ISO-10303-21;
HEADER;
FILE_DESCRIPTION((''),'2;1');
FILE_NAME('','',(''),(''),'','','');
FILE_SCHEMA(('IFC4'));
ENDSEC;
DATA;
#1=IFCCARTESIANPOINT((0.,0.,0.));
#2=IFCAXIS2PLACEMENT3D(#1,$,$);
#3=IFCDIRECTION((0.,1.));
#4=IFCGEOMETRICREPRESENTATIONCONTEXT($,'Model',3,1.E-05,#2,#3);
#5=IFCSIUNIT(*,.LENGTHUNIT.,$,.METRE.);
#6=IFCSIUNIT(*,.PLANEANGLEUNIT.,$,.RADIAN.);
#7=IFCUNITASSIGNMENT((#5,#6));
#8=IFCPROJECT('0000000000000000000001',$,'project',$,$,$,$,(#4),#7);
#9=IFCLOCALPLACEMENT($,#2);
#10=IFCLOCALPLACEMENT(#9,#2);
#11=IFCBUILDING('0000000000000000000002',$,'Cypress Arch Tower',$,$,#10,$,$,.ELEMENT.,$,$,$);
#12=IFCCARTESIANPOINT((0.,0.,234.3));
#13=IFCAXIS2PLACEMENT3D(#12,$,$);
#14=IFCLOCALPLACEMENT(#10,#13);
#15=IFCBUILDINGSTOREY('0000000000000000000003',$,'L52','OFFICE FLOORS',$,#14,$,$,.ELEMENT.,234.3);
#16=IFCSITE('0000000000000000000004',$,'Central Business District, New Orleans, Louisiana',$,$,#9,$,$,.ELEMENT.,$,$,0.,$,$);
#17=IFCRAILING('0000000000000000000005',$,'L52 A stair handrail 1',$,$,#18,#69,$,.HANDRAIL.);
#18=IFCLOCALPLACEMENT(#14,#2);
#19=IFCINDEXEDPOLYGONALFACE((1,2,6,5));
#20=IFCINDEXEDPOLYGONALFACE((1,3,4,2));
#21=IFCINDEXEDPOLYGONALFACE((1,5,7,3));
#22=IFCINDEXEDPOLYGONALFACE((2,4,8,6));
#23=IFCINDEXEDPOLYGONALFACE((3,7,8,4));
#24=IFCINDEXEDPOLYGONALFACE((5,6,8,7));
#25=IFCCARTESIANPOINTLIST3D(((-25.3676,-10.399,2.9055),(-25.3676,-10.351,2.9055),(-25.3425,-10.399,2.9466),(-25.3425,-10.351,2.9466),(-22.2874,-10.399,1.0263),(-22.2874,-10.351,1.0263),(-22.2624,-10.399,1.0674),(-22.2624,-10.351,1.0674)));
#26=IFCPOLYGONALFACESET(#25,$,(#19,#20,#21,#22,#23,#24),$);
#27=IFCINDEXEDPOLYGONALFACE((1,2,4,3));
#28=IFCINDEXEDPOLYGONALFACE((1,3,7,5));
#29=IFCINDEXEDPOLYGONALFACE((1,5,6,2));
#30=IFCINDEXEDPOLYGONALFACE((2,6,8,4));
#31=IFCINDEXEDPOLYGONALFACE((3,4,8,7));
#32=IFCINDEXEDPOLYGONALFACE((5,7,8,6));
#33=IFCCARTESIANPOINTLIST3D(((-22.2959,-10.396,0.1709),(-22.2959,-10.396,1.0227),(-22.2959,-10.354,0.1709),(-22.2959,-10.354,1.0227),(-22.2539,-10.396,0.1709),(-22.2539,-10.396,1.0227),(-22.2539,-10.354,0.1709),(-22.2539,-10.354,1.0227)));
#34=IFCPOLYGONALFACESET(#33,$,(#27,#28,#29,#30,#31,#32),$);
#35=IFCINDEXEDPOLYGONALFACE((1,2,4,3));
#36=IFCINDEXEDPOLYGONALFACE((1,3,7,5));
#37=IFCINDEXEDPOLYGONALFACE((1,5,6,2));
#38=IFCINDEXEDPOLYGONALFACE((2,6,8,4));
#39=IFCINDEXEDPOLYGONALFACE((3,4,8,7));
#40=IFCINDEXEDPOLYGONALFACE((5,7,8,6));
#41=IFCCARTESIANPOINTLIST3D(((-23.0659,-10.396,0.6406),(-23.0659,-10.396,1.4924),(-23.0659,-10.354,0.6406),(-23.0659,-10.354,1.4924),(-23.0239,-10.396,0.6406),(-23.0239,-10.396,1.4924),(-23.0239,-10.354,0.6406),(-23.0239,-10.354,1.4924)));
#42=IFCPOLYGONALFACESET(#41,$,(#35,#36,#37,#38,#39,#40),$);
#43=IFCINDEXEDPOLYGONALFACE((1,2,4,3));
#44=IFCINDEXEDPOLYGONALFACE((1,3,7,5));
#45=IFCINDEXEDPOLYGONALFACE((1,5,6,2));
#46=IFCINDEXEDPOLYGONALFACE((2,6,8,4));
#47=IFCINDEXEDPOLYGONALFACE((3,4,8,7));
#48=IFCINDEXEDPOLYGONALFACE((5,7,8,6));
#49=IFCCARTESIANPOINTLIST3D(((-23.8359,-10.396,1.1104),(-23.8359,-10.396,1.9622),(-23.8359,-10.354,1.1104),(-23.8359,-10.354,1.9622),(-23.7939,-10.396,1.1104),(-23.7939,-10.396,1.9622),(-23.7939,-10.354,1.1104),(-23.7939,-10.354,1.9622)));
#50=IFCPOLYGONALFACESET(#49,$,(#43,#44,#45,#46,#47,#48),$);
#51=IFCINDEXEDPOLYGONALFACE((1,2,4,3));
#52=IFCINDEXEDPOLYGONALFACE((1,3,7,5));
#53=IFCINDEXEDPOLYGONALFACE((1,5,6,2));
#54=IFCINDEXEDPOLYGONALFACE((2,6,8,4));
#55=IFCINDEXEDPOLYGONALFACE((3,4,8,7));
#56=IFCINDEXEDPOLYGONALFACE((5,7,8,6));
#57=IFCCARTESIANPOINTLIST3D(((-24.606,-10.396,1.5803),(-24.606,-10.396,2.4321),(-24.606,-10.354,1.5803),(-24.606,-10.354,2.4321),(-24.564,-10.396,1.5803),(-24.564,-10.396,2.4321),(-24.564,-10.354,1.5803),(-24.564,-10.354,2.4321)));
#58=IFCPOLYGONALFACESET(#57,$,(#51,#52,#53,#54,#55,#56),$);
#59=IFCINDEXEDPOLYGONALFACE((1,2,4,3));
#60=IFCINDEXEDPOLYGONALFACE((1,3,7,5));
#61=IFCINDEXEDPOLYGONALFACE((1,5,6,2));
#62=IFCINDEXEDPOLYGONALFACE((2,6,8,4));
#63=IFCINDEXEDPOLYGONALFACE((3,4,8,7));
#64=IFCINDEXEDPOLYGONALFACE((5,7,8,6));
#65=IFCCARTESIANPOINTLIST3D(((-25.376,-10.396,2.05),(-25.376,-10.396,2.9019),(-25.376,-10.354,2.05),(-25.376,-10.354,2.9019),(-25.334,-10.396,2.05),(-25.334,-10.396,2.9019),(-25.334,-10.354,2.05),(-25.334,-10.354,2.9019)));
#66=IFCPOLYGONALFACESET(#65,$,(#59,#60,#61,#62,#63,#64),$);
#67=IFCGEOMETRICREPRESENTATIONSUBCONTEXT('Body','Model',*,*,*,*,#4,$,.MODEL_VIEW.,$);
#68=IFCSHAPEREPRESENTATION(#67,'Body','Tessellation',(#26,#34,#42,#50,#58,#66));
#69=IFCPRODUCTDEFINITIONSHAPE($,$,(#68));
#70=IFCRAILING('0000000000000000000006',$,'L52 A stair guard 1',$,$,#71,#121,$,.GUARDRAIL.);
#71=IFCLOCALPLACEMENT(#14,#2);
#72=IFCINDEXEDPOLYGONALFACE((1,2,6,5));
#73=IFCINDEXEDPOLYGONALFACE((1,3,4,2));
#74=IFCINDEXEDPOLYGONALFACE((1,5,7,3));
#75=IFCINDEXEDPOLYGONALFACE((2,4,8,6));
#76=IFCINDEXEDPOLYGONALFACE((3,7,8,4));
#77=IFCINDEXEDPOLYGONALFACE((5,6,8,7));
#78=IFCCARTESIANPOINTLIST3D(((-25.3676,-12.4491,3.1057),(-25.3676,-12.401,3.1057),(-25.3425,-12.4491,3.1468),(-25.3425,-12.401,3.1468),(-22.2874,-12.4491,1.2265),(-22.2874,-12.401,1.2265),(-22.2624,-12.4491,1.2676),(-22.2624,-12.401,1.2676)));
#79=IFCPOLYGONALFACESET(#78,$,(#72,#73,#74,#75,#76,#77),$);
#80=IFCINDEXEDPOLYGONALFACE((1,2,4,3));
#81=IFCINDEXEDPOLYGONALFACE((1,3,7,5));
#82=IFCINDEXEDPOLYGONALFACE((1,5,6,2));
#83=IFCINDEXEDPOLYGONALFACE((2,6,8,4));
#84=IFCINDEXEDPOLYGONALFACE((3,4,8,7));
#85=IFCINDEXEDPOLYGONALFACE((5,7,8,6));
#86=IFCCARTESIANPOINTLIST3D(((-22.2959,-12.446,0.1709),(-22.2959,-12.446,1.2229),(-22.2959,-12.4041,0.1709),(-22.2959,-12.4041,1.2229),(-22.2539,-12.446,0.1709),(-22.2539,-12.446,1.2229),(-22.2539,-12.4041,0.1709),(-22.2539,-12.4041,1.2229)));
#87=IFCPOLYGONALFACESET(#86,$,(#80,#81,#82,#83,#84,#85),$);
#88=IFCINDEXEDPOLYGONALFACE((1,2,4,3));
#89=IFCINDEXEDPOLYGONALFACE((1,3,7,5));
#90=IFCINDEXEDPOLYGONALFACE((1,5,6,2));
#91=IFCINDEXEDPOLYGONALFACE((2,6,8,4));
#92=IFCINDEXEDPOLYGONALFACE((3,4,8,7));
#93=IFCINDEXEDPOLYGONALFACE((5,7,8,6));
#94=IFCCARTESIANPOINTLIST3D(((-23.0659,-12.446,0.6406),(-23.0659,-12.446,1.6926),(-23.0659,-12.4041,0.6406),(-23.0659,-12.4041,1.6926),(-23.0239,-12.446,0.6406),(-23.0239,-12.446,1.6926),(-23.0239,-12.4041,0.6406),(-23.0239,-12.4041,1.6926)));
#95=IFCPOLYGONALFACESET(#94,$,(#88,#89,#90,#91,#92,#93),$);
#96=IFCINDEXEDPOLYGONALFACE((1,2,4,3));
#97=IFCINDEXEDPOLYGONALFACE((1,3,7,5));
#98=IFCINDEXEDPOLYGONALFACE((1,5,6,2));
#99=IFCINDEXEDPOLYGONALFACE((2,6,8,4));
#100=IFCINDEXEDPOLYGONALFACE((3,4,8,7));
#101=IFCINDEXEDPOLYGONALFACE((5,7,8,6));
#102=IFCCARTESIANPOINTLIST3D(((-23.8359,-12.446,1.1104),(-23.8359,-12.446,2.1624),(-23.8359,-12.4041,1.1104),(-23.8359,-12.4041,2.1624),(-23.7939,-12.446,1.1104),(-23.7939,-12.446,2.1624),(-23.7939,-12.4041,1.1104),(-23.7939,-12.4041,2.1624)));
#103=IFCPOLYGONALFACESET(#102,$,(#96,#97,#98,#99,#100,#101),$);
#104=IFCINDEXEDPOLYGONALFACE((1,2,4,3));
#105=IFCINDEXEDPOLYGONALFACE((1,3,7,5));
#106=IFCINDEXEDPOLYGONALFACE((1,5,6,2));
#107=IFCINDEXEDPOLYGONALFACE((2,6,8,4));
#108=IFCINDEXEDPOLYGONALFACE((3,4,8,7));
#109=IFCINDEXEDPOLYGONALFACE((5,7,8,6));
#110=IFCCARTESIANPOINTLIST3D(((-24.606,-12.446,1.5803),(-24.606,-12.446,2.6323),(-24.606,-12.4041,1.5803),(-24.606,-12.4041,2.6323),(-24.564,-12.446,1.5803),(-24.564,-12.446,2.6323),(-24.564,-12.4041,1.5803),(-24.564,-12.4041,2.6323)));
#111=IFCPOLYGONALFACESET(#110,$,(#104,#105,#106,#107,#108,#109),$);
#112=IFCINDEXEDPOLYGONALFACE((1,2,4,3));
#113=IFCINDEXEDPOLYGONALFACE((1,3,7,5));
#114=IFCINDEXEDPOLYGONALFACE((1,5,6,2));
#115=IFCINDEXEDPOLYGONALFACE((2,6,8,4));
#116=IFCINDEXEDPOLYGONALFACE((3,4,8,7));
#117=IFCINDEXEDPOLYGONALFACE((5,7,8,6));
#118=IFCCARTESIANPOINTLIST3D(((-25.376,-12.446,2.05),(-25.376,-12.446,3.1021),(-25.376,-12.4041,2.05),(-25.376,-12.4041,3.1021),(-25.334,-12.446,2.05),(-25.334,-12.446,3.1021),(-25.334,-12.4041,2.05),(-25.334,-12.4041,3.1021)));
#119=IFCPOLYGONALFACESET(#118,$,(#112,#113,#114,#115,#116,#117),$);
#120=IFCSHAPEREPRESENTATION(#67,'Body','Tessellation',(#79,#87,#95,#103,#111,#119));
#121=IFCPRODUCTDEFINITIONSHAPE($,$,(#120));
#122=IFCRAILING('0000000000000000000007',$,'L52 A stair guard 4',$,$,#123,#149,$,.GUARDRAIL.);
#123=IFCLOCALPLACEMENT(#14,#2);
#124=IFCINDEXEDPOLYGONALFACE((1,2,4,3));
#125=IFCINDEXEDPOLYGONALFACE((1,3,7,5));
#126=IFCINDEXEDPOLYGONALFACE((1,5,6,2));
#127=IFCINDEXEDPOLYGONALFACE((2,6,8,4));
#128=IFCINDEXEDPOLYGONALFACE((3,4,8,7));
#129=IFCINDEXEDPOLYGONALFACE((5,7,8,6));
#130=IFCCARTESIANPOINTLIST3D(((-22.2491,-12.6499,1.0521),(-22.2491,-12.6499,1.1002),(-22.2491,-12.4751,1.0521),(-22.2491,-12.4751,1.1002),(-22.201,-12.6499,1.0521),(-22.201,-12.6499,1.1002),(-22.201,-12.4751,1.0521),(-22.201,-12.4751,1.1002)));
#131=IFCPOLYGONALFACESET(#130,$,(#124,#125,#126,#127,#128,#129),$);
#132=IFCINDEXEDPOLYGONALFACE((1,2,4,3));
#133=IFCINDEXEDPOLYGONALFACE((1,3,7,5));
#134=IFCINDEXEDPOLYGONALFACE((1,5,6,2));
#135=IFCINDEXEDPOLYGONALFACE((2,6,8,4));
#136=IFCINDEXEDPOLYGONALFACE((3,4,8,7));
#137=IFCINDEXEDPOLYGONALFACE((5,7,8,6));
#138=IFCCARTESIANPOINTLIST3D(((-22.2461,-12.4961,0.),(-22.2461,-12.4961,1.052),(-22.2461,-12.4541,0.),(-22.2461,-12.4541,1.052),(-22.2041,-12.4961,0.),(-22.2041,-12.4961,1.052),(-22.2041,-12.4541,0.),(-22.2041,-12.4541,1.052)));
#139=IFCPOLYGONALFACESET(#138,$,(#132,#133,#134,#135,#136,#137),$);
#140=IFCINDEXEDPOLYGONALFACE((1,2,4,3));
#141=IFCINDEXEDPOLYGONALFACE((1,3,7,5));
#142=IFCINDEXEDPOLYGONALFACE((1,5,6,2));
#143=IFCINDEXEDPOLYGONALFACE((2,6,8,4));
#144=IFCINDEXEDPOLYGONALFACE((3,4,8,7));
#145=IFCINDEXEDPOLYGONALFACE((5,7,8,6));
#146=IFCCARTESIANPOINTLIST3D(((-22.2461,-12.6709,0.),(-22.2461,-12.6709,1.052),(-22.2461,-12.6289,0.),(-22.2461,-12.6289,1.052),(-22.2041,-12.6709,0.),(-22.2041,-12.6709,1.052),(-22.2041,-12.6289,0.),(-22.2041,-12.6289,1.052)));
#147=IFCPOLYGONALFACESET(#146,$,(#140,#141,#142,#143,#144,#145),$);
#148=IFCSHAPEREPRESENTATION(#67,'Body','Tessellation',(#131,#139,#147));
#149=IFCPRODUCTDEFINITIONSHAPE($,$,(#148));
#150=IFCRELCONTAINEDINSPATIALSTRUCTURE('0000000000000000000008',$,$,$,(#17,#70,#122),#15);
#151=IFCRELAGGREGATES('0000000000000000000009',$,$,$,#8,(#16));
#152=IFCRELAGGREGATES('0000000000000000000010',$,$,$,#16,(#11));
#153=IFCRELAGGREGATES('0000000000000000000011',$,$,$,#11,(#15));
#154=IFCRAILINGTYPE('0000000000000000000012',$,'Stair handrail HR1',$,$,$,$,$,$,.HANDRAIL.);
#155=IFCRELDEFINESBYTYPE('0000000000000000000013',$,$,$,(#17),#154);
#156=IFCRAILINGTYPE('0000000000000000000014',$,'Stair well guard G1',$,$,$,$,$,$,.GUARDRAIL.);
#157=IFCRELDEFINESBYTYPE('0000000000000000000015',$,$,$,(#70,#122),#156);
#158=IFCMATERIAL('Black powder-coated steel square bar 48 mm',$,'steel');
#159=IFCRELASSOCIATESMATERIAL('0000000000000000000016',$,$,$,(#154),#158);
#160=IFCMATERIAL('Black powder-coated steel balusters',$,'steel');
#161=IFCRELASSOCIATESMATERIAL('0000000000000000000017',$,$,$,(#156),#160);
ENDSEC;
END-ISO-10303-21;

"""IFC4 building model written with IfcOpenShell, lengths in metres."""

from ifc_helpers import new_model, si_unit, direction, frame, origin, origin_2d, place, context, subcontext, project, spatial, rectangle, extrude, material, type_object, element, save


model = new_model("IFC4")

# Units and contexts
model_context = context("Model", 3, precision=1e-05, world=origin(), true_north=direction((0.0, 1.0)))
body_context = subcontext(model_context, "Body", "Model", "MODEL_VIEW")
ifc_project = project(units=[si_unit("LENGTHUNIT", "METRE"), si_unit("PLANEANGLEUNIT", "RADIAN")], contexts=[model_context])

# Site, building, storey
site_placement = place(None, origin())
site = spatial("IfcSite", under=ifc_project, at=site_placement, Name="Central Business District, New Orleans, Louisiana", CompositionType="ELEMENT", RefElevation=0.0)
building_placement = place(site_placement, origin())
building = spatial("IfcBuilding", under=site, at=building_placement, Name="Cypress Arch Tower", CompositionType="ELEMENT")
storey_placement = place(building_placement, frame((0.0, 0.0, 234.3)))
storey = spatial("IfcBuildingStorey", under=building, at=storey_placement, Name="L52", Description="OFFICE FLOORS", CompositionType="ELEMENT", Elevation=234.3)

# Railings
ifc_material_1 = material(Name="Black powder-coated steel square bar 48 mm", Category="steel")
railing_type_1 = type_object("IfcRailingType", Name="Stair handrail HR1", PredefinedType="HANDRAIL", material=ifc_material_1)
railing_1_placement = place(storey_placement, frame((-22.2749, -10.375, 0.1709)))
element("IfcRailing", 1, at=railing_1_placement, inside=storey, type_object=railing_type_1, Name="L52 A stair handrail 1", PredefinedType="HANDRAIL", context=body_context, shape_type="SweptSolid", body=[
    extrude(rectangle(XDim=0.0481, YDim=0.0481, at=origin_2d()), frame((0.0, 0.0, 0.876), z_axis=(-0.853666, 0.0, 0.52082), x_axis=(0.0, -1.0, 0.0)), (0.0, 0.0, 1.0), 3.6082),
    extrude(rectangle(XDim=0.042, YDim=0.042, at=origin_2d()), origin(), (0.0, 0.0, 1.0), 0.8518),
    extrude(rectangle(XDim=0.042, YDim=0.042, at=origin_2d()), frame((-0.77, 0.0, 0.4697)), (0.0, 0.0, 1.0), 0.8518),
    extrude(rectangle(XDim=0.042, YDim=0.042, at=origin_2d()), frame((-1.54, 0.0, 0.9395)), (0.0, 0.0, 1.0), 0.8518),
    extrude(rectangle(XDim=0.042, YDim=0.042, at=origin_2d()), frame((-2.3101, 0.0, 1.4094)), (0.0, 0.0, 1.0), 0.8518),
    extrude(rectangle(XDim=0.042, YDim=0.042, at=origin_2d()), frame((-3.0801, 0.0, 1.8792)), (0.0, 0.0, 1.0), 0.8518),
])
ifc_material_2 = material(Name="Black powder-coated steel balusters", Category="steel")
railing_type_2 = type_object("IfcRailingType", Name="Stair well guard G1", PredefinedType="GUARDRAIL", material=ifc_material_2)
railing_2_placement = place(storey_placement, frame((-22.2749, -12.425, 0.1709)))
element("IfcRailing", 2, at=railing_2_placement, inside=storey, type_object=railing_type_2, Name="L52 A stair guard 1", PredefinedType="GUARDRAIL", context=body_context, shape_type="SweptSolid", body=[
    extrude(rectangle(XDim=0.0481, YDim=0.0481, at=origin_2d()), frame((0.0, 0.0, 1.0762), z_axis=(-0.853666, 0.0, 0.52082), x_axis=(0.0, -1.0, 0.0)), (0.0, 0.0, 1.0), 3.6082),
    extrude(rectangle(XDim=0.042, YDim=0.042, at=origin_2d()), origin(), (0.0, 0.0, 1.0), 1.052),
    extrude(rectangle(XDim=0.042, YDim=0.042, at=origin_2d()), frame((-0.77, 0.0, 0.4697)), (0.0, 0.0, 1.0), 1.052),
    extrude(rectangle(XDim=0.042, YDim=0.042, at=origin_2d()), frame((-1.54, 0.0, 0.9395)), (0.0, 0.0, 1.0), 1.052),
    extrude(rectangle(XDim=0.042, YDim=0.042, at=origin_2d()), frame((-2.3101, 0.0, 1.4094)), (0.0, 0.0, 1.0), 1.052),
    extrude(rectangle(XDim=0.042, YDim=0.042, at=origin_2d()), frame((-3.0801, 0.0, 1.8792)), (0.0, 0.0, 1.0), 1.052),
])
railing_3_placement = place(storey_placement, frame((-22.2251, -12.4751, 0.0)))
element("IfcRailing", 3, at=railing_3_placement, inside=storey, type_object=railing_type_2, Name="L52 A stair guard 4", PredefinedType="GUARDRAIL", context=body_context, shape_type="SweptSolid", body=[
    extrude(rectangle(XDim=0.0481, YDim=0.0481, at=origin_2d()), frame((0.0, 0.0, 1.0762), z_axis=(0.0, -1.0, 0.0), x_axis=(1.0, 0.0, 0.0)), (0.0, 0.0, 1.0), 0.1748),
    extrude(rectangle(XDim=0.042, YDim=0.042, at=origin_2d()), origin(), (0.0, 0.0, 1.0), 1.052),
    extrude(rectangle(XDim=0.042, YDim=0.042, at=origin_2d()), frame((0.0, -0.1748, 0.0)), (0.0, 0.0, 1.0), 1.052),
])

save(model, "model.ifc")
